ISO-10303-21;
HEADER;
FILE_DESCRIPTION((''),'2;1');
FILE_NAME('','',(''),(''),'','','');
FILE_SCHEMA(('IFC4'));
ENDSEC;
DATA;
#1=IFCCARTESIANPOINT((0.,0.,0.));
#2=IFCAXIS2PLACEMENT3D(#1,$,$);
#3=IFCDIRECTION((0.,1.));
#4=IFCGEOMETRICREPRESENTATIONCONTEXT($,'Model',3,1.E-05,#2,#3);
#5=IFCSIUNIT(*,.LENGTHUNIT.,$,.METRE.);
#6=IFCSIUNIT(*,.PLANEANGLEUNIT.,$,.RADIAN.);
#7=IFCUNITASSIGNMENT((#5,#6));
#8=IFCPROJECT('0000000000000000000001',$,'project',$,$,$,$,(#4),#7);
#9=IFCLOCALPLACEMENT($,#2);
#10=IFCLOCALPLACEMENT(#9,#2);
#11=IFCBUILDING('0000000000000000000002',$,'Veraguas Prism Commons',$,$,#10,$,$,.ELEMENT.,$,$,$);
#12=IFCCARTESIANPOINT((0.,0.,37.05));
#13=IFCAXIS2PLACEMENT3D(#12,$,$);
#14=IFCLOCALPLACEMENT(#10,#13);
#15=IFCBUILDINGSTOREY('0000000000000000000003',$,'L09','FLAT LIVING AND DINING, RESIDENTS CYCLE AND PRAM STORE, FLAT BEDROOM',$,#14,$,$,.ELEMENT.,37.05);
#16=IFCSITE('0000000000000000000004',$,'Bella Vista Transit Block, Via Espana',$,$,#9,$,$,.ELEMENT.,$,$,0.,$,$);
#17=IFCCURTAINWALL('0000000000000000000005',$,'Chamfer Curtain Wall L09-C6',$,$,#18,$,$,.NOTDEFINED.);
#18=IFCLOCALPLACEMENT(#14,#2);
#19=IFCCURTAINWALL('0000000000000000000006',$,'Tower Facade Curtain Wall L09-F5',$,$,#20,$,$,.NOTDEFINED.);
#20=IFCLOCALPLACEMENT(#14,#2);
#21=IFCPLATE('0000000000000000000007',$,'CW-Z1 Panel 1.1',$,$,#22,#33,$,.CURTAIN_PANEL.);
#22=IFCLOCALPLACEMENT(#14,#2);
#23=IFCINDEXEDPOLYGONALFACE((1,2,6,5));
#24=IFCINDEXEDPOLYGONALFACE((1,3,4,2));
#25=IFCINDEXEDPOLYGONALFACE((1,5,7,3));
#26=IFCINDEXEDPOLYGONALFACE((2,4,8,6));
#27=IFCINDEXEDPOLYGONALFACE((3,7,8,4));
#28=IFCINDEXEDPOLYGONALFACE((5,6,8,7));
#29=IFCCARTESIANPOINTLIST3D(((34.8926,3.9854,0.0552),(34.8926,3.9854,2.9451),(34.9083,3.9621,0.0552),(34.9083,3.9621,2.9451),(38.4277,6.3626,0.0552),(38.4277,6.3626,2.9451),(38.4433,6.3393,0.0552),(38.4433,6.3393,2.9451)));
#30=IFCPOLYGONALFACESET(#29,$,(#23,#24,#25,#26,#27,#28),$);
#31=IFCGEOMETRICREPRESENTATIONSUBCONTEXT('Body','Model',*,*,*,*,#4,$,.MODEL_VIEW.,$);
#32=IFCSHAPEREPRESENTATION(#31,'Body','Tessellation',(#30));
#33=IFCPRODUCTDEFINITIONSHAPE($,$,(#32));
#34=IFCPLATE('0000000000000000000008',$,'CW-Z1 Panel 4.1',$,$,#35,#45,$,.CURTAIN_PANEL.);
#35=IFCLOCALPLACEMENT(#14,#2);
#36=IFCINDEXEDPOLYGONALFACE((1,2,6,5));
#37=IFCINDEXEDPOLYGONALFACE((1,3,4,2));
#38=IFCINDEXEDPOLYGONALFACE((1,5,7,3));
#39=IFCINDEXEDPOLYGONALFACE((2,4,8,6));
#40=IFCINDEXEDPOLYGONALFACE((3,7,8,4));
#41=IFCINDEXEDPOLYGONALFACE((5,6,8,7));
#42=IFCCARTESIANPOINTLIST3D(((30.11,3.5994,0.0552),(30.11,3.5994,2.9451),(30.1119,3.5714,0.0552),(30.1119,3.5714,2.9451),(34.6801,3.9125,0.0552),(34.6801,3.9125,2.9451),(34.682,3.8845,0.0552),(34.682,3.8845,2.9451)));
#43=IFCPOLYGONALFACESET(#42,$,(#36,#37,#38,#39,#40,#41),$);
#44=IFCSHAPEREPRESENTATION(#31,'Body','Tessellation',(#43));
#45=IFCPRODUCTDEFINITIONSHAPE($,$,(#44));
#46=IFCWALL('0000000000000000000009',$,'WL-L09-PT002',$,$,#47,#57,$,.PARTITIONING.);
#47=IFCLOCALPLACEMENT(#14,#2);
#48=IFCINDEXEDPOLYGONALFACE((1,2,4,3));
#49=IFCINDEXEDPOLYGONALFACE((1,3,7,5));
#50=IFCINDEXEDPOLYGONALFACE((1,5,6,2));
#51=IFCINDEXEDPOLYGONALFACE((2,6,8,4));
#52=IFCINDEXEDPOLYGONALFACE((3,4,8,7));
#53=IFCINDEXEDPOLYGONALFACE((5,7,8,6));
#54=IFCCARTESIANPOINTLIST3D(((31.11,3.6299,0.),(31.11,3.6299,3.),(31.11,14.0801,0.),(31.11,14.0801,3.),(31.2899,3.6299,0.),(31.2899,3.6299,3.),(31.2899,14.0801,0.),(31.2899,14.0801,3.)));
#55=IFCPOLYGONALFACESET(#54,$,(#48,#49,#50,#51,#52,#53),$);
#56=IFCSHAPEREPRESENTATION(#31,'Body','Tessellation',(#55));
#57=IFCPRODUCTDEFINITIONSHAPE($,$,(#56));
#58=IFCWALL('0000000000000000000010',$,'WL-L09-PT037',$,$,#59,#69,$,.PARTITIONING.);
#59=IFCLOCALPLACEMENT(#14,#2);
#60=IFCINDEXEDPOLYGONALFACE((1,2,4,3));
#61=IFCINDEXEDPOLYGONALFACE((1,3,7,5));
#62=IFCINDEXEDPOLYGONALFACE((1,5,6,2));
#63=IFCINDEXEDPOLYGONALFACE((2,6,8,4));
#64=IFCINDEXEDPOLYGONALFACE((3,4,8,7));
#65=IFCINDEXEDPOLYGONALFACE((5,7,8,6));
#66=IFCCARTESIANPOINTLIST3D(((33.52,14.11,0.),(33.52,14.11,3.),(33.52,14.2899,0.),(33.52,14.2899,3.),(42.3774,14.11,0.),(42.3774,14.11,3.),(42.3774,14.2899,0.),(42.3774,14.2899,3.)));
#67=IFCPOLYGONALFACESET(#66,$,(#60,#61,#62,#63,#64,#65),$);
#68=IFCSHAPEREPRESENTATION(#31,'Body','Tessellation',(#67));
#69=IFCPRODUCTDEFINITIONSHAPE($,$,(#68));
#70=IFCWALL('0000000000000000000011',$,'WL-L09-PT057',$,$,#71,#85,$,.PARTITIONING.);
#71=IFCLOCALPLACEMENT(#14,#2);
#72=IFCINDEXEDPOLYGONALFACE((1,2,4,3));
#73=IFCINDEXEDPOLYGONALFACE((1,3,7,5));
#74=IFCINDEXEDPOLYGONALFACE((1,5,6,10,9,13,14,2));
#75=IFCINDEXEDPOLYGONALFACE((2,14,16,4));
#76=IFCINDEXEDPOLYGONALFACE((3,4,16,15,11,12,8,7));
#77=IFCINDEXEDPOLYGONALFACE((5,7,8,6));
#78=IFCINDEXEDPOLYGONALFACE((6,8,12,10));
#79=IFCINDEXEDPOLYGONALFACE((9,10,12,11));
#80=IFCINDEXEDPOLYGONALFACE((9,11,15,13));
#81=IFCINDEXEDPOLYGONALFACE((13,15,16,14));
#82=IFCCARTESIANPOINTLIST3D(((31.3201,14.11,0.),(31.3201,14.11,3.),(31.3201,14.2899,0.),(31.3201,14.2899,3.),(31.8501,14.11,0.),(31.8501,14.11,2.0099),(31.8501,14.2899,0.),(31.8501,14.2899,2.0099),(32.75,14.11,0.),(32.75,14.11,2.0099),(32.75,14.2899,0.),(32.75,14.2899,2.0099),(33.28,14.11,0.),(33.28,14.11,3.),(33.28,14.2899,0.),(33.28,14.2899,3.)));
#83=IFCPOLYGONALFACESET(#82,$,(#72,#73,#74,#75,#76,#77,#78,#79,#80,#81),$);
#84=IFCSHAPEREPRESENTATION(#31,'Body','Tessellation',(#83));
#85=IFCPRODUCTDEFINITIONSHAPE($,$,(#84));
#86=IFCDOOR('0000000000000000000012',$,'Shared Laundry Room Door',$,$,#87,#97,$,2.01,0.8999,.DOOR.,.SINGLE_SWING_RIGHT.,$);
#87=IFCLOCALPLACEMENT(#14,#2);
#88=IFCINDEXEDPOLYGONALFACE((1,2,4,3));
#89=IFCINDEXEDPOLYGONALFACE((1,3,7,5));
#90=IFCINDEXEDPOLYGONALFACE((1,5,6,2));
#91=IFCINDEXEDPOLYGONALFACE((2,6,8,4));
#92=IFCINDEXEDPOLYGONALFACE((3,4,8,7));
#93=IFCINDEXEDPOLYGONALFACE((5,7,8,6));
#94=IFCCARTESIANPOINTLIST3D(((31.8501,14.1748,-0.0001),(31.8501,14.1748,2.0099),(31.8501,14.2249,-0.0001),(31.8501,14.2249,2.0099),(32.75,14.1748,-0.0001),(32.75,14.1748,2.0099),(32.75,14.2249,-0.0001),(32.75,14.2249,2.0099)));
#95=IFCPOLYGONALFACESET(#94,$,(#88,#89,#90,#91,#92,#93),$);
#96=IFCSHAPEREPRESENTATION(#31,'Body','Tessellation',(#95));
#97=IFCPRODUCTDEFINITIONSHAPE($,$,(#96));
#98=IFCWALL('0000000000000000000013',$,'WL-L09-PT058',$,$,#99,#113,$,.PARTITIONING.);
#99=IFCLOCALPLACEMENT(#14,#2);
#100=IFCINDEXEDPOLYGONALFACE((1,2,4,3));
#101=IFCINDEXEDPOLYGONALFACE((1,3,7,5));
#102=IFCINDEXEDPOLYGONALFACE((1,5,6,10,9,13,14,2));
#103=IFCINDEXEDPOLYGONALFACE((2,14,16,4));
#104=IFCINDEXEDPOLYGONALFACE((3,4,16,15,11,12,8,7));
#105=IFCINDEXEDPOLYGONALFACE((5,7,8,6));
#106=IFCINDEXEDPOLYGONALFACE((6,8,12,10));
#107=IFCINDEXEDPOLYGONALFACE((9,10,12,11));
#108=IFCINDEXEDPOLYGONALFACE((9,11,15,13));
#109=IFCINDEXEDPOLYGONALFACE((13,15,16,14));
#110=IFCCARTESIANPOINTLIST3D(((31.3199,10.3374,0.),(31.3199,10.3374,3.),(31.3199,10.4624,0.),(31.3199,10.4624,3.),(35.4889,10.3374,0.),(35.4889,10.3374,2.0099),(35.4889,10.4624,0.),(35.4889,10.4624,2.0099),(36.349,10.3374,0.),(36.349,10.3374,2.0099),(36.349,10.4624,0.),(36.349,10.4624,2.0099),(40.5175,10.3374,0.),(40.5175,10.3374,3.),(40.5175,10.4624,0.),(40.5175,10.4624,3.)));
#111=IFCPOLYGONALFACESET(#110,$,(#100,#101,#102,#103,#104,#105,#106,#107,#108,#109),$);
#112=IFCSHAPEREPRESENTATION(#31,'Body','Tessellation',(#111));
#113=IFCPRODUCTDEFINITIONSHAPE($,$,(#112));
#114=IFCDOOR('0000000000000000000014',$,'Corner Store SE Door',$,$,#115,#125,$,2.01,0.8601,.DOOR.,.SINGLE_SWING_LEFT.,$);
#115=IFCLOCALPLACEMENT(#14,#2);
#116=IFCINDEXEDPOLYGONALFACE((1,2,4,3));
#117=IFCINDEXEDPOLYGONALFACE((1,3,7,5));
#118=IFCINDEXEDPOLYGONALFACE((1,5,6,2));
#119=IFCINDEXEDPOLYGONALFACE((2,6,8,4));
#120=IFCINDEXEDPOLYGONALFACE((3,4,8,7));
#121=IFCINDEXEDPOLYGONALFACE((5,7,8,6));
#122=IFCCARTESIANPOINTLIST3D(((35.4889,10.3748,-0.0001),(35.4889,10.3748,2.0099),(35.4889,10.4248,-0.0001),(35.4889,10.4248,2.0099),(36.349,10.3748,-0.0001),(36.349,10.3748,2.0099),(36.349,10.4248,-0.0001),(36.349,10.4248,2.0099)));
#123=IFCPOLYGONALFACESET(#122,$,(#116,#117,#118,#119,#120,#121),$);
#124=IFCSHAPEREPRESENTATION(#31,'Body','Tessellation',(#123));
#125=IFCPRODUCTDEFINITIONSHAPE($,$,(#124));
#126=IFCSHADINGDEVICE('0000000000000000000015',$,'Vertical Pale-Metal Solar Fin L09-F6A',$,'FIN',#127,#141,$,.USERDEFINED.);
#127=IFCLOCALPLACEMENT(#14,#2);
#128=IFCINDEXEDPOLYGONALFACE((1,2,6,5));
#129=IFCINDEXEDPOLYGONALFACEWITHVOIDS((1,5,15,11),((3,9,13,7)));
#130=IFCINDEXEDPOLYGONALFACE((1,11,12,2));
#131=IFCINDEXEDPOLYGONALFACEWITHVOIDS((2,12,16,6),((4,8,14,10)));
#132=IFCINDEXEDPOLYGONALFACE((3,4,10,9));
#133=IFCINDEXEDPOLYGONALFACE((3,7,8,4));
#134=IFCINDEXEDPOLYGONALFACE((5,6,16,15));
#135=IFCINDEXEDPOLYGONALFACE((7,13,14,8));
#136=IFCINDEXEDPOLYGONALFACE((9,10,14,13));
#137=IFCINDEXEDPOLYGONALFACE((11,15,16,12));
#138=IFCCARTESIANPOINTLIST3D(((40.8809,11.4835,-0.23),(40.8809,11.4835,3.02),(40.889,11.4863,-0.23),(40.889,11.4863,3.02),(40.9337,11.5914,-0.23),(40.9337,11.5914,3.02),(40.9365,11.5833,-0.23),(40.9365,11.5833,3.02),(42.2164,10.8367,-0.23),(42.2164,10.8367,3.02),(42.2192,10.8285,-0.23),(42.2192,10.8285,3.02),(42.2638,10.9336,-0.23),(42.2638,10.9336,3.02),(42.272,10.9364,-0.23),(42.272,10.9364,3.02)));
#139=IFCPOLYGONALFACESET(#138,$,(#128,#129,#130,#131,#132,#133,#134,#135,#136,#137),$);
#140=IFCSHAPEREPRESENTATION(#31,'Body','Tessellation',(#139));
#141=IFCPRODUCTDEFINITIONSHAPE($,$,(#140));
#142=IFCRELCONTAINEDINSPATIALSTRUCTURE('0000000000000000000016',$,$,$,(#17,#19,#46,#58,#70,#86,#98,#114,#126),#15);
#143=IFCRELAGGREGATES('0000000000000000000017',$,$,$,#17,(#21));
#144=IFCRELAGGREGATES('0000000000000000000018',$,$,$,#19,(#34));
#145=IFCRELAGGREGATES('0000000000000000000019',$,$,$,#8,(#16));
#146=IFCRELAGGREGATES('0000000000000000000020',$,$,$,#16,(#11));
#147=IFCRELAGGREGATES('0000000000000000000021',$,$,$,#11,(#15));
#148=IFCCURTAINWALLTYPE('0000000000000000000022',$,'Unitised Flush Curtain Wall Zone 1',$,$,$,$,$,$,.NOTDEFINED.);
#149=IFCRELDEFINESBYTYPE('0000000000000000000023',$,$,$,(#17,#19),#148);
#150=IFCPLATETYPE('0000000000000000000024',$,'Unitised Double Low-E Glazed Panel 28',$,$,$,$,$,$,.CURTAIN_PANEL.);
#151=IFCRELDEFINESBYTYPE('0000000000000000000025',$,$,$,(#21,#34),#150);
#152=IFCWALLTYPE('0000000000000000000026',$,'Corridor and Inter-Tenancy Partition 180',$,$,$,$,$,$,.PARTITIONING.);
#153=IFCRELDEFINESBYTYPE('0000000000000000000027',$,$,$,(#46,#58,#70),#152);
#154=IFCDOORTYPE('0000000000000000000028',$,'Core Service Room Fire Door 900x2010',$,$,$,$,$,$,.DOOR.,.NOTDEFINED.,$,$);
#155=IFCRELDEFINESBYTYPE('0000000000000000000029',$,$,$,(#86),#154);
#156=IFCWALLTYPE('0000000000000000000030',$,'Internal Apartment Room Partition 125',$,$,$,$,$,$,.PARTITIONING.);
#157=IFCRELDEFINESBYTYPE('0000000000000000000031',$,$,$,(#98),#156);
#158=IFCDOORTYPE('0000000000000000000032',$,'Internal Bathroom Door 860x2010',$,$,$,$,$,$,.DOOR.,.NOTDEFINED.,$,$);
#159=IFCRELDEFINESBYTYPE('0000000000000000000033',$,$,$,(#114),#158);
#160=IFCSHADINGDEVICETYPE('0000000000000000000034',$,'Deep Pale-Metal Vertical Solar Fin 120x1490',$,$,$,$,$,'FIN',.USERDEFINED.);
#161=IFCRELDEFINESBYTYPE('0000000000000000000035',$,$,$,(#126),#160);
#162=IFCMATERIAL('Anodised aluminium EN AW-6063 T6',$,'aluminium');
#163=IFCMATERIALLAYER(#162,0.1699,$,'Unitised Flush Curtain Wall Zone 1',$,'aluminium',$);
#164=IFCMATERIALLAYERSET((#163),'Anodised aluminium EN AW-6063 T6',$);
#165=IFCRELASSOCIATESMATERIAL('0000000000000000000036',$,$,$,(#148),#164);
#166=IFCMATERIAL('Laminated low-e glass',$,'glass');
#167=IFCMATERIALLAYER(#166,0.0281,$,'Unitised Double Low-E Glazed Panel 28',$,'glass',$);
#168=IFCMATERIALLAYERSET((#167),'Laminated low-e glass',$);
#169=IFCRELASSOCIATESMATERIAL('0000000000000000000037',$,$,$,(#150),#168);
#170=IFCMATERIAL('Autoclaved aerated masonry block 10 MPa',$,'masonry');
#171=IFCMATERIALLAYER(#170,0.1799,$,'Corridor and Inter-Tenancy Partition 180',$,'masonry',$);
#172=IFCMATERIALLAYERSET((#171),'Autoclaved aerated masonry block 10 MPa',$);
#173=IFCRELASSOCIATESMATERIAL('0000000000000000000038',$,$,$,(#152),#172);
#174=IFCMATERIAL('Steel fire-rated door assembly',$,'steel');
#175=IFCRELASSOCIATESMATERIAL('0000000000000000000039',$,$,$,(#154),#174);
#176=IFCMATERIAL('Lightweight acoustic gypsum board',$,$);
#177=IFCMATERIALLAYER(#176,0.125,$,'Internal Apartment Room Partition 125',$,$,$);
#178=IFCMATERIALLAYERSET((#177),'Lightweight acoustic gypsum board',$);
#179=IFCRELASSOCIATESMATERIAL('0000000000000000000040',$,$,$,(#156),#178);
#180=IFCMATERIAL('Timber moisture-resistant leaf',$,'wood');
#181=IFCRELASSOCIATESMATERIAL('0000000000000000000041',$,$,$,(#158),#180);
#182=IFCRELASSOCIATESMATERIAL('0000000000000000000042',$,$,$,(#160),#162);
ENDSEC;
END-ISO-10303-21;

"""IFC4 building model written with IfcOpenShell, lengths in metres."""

from ifc_helpers import new_model, si_unit, direction, frame, frame_2d, origin, origin_2d, place, context, subcontext, project, spatial, rectangle, hollow_rectangle, extrude, source, transform, mapped, material, layer, layer_set, material_profile, profile_set, type_object, element, fill, aggregate, save


model = new_model("IFC4")

# Units and contexts
model_context = context("Model", 3, precision=1e-05, world=origin(), true_north=direction((0.0, 1.0)))
body_context = subcontext(model_context, "Body", "Model", "MODEL_VIEW")
ifc_project = project(units=[si_unit("LENGTHUNIT", "METRE"), si_unit("PLANEANGLEUNIT", "RADIAN")], contexts=[model_context])

# Site, building, storey
site_placement = place(None, origin())
site = spatial("IfcSite", under=ifc_project, at=site_placement, Name="Bella Vista Transit Block, Via Espana", CompositionType="ELEMENT", RefElevation=0.0)
building_placement = place(site_placement, origin())
building = spatial("IfcBuilding", under=site, at=building_placement, Name="Veraguas Prism Commons", CompositionType="ELEMENT")
storey_placement = place(building_placement, frame((0.0, 0.0, 37.05)))
storey = spatial("IfcBuildingStorey", under=building, at=storey_placement, Name="L09", Description="FLAT LIVING AND DINING, RESIDENTS CYCLE AND PRAM STORE, FLAT BEDROOM", CompositionType="ELEMENT", Elevation=37.05)

# Curtain wall
ifc_material_1 = material(Name="Anodised aluminium EN AW-6063 T6", Category="aluminium")
ifc_layer_1 = layer(ifc_material_1, 0.1699, Name="Unitised Flush Curtain Wall Zone 1", Category="aluminium")
ifc_layer_set_1 = layer_set([ifc_layer_1], Name="Anodised aluminium EN AW-6063 T6")
curtain_wall_type = type_object("IfcCurtainWallType", Name="Unitised Flush Curtain Wall Zone 1", PredefinedType="NOTDEFINED", material=ifc_layer_set_1)
curtain_wall_1_placement = place(storey_placement, origin())
curtain_wall_1 = element("IfcCurtainWall", 1, at=curtain_wall_1_placement, inside=storey, type_object=curtain_wall_type, Name="Chamfer Curtain Wall L09-C6", PredefinedType="NOTDEFINED")

# Curtain wall
curtain_wall_2_placement = place(storey_placement, origin())
curtain_wall_2 = element("IfcCurtainWall", 2, at=curtain_wall_2_placement, inside=storey, type_object=curtain_wall_type, Name="Tower Facade Curtain Wall L09-F5", PredefinedType="NOTDEFINED")

# Plates
ifc_material_2 = material(Name="Laminated low-e glass", Category="glass")
ifc_layer_2 = layer(ifc_material_2, 0.0281, Name="Unitised Double Low-E Glazed Panel 28", Category="glass")
ifc_layer_set_2 = layer_set([ifc_layer_2], Name="Laminated low-e glass")
plate_type = type_object("IfcPlateType", Name="Unitised Double Low-E Glazed Panel 28", PredefinedType="CURTAIN_PANEL", material=ifc_layer_set_2)
shared_shape_1 = source(origin(), body_context, "Body", "SweptSolid", [
    extrude(rectangle(XDim=4.26, YDim=0.0281, at=origin_2d()), origin(), (0.0, 0.0, 1.0), 2.8899),
])
plate_1_placement = place(storey_placement, frame((36.668, 5.1624, 0.0552), z_axis=(0.0, 0.0, 1.0), x_axis=(0.829827, 0.55802, 0.0)))
plate_1 = element("IfcPlate", 3, at=plate_1_placement, type_object=plate_type, Name="CW-Z1 Panel 1.1", PredefinedType="CURTAIN_PANEL", context=body_context, shape_type="MappedRepresentation", body=[
    mapped(shared_shape_1, transform((0.0, 0.0, 0.0), scale=1.0)),
])
aggregate(curtain_wall_1, [plate_1])
shared_shape_2 = source(origin(), body_context, "Body", "SweptSolid", [
    extrude(rectangle(XDim=4.5808, YDim=0.0281, at=origin_2d()), origin(), (0.0, 0.0, 1.0), 2.8899),
])
plate_2_placement = place(storey_placement, frame((32.396, 3.7419, 0.0552), z_axis=(0.0, 0.0, 1.0), x_axis=(0.99766, 0.068364, 0.0)))
plate_2 = element("IfcPlate", 4, at=plate_2_placement, type_object=plate_type, Name="CW-Z1 Panel 4.1", PredefinedType="CURTAIN_PANEL", context=body_context, shape_type="MappedRepresentation", body=[
    mapped(shared_shape_2, transform((0.0, 0.0, 0.0), scale=1.0)),
])
aggregate(curtain_wall_2, [plate_2])

# Walls
ifc_material_3 = material(Name="Autoclaved aerated masonry block 10 MPa", Category="masonry")
ifc_layer_3 = layer(ifc_material_3, 0.1799, Name="Corridor and Inter-Tenancy Partition 180", Category="masonry")
ifc_layer_set_3 = layer_set([ifc_layer_3], Name="Autoclaved aerated masonry block 10 MPa")
wall_type_1 = type_object("IfcWallType", Name="Corridor and Inter-Tenancy Partition 180", PredefinedType="PARTITIONING", material=ifc_layer_set_3)
wall_1_placement = place(storey_placement, frame((31.2, 14.0801, 0.0), z_axis=(0.0, 0.0, 1.0), x_axis=(0.0, -1.0, 0.0)))
element("IfcWall", 5, at=wall_1_placement, inside=storey, type_object=wall_type_1, Name="WL-L09-PT002", PredefinedType="PARTITIONING", context=body_context, shape_type="SweptSolid", body=[
    extrude(rectangle(XDim=10.4502, YDim=0.1799, at=frame_2d((5.2251, 0.0))), origin(), (0.0, 0.0, 1.0), 3.0),
])
wall_2_placement = place(storey_placement, frame((33.52, 14.2, 0.0), z_axis=(0.0, 0.0, 1.0), x_axis=(1.0, 0.0, 0.0)))
element("IfcWall", 6, at=wall_2_placement, inside=storey, type_object=wall_type_1, Name="WL-L09-PT037", PredefinedType="PARTITIONING", context=body_context, shape_type="SweptSolid", body=[
    extrude(rectangle(XDim=8.8574, YDim=0.1799, at=frame_2d((4.4287, 0.0))), origin(), (0.0, 0.0, 1.0), 3.0),
])

# Walls, openings, doors
wall_3_placement = place(storey_placement, frame((31.3201, 14.2, 0.0), z_axis=(0.0, 0.0, 1.0), x_axis=(1.0, 0.0, 0.0)))
wall_3 = element("IfcWall", 7, at=wall_3_placement, inside=storey, type_object=wall_type_1, Name="WL-L09-PT057", PredefinedType="PARTITIONING", context=body_context, shape_type="SweptSolid", body=[
    extrude(rectangle(XDim=1.96, YDim=0.1799, at=frame_2d((0.98, 0.0))), origin(), (0.0, 0.0, 1.0), 3.0),
])
opening_1_placement = place(wall_3_placement, frame((0.53, 0.0, 0.0)))
opening_1 = element("IfcOpeningElement", 8, at=opening_1_placement, cuts=wall_3, PredefinedType="OPENING", context=body_context, shape_type="SweptSolid", body=[
    extrude(rectangle(XDim=0.8999, YDim=2.01, at=frame_2d((0.45, 1.0049))), frame((0.0, 0.0999, 0.0), z_axis=(0.0, -1.0, 0.0), x_axis=(1.0, 0.0, 0.0)), (0.0, 0.0, 1.0), 0.2),
])
ifc_material_4 = material(Name="Steel fire-rated door assembly", Category="steel")
door_type_1 = type_object("IfcDoorType", Name="Core Service Room Fire Door 900x2010", OperationType="NOTDEFINED", PredefinedType="DOOR", material=ifc_material_4)
shared_shape_3 = source(origin(), body_context, "Body", "SweptSolid", [
    extrude(rectangle(XDim=0.8999, YDim=2.01, at=frame_2d((0.45, 1.0049))), frame((0.0, 0.0249, 0.0), z_axis=(0.0, -1.0, 0.0), x_axis=(1.0, 0.0, 0.0)), (0.0, 0.0, 1.0), 0.05),
])
door_1_placement = place(opening_1_placement, origin())
door_1 = element("IfcDoor", 9, at=door_1_placement, inside=storey, type_object=door_type_1, Name="Shared Laundry Room Door", OperationType="SINGLE_SWING_RIGHT", OverallHeight=2.01, OverallWidth=0.8999, PredefinedType="DOOR", context=body_context, shape_type="MappedRepresentation", body=[
    mapped(shared_shape_3, transform((0.0, 0.0, 0.0), scale=1.0)),
])
fill(opening_1, door_1)
ifc_material_5 = material(Name="Lightweight acoustic gypsum board")
ifc_layer_4 = layer(ifc_material_5, 0.125, Name="Internal Apartment Room Partition 125")
ifc_layer_set_4 = layer_set([ifc_layer_4], Name="Lightweight acoustic gypsum board")
wall_type_2 = type_object("IfcWallType", Name="Internal Apartment Room Partition 125", PredefinedType="PARTITIONING", material=ifc_layer_set_4)
wall_4_placement = place(storey_placement, frame((31.3201, 10.3999, 0.0), z_axis=(0.0, 0.0, 1.0), x_axis=(1.0, 0.0, 0.0)))
wall_4 = element("IfcWall", 10, at=wall_4_placement, inside=storey, type_object=wall_type_2, Name="WL-L09-PT058", PredefinedType="PARTITIONING", context=body_context, shape_type="SweptSolid", body=[
    extrude(rectangle(XDim=9.1975, YDim=0.125, at=frame_2d((4.5986, 0.0))), origin(), (0.0, 0.0, 1.0), 3.0),
])
opening_2_placement = place(wall_4_placement, frame((4.1687, 0.0, 0.0)))
opening_2 = element("IfcOpeningElement", 11, at=opening_2_placement, cuts=wall_4, PredefinedType="OPENING", context=body_context, shape_type="SweptSolid", body=[
    extrude(rectangle(XDim=0.8601, YDim=2.01, at=frame_2d((0.4302, 1.0049))), frame((0.0, 0.0725, 0.0), z_axis=(0.0, -1.0, 0.0), x_axis=(1.0, 0.0, 0.0)), (0.0, 0.0, 1.0), 0.145),
])
ifc_material_6 = material(Name="Timber moisture-resistant leaf", Category="wood")
door_type_2 = type_object("IfcDoorType", Name="Internal Bathroom Door 860x2010", OperationType="NOTDEFINED", PredefinedType="DOOR", material=ifc_material_6)
shared_shape_4 = source(origin(), body_context, "Body", "SweptSolid", [
    extrude(rectangle(XDim=0.8601, YDim=2.01, at=frame_2d((0.4302, 1.0049))), frame((0.0, 0.0249, 0.0), z_axis=(0.0, -1.0, 0.0), x_axis=(1.0, 0.0, 0.0)), (0.0, 0.0, 1.0), 0.05),
])
door_2_placement = place(opening_2_placement, origin())
door_2 = element("IfcDoor", 12, at=door_2_placement, inside=storey, type_object=door_type_2, Name="Corner Store SE Door", OperationType="SINGLE_SWING_LEFT", OverallHeight=2.01, OverallWidth=0.8601, PredefinedType="DOOR", context=body_context, shape_type="MappedRepresentation", body=[
    mapped(shared_shape_4, transform((0.0, 0.0, 0.0), scale=1.0)),
])
fill(opening_2, door_2)

# Shading device
ifc_material_profile_1 = material_profile(ifc_material_1, hollow_rectangle(XDim=0.1201, YDim=1.49, WallThickness=0.0061, at=origin_2d()), Name="FIN120X1490X6")
ifc_profile_set_1 = profile_set([ifc_material_profile_1], Name="Anodised aluminium EN AW-6063 T6")
shading_device_type = type_object("IfcShadingDeviceType", Name="Deep Pale-Metal Vertical Solar Fin 120x1490", ElementType="FIN", PredefinedType="USERDEFINED", material=ifc_profile_set_1)
shading_device_placement = place(storey_placement, frame((41.5764, 11.21, -0.23), z_axis=(0.0, 0.0, 1.0), x_axis=(0.439627, 0.89818, 0.0)))
element("IfcShadingDevice", 13, at=shading_device_placement, inside=storey, type_object=shading_device_type, Name="Vertical Pale-Metal Solar Fin L09-F6A", ObjectType="FIN", PredefinedType="USERDEFINED", context=body_context, shape_type="SweptSolid", body=[
    extrude(hollow_rectangle(XDim=0.1201, YDim=1.49, WallThickness=0.0061, at=origin_2d()), origin(), (0.0, 0.0, 1.0), 3.25),
])

save(model, "model.ifc")
